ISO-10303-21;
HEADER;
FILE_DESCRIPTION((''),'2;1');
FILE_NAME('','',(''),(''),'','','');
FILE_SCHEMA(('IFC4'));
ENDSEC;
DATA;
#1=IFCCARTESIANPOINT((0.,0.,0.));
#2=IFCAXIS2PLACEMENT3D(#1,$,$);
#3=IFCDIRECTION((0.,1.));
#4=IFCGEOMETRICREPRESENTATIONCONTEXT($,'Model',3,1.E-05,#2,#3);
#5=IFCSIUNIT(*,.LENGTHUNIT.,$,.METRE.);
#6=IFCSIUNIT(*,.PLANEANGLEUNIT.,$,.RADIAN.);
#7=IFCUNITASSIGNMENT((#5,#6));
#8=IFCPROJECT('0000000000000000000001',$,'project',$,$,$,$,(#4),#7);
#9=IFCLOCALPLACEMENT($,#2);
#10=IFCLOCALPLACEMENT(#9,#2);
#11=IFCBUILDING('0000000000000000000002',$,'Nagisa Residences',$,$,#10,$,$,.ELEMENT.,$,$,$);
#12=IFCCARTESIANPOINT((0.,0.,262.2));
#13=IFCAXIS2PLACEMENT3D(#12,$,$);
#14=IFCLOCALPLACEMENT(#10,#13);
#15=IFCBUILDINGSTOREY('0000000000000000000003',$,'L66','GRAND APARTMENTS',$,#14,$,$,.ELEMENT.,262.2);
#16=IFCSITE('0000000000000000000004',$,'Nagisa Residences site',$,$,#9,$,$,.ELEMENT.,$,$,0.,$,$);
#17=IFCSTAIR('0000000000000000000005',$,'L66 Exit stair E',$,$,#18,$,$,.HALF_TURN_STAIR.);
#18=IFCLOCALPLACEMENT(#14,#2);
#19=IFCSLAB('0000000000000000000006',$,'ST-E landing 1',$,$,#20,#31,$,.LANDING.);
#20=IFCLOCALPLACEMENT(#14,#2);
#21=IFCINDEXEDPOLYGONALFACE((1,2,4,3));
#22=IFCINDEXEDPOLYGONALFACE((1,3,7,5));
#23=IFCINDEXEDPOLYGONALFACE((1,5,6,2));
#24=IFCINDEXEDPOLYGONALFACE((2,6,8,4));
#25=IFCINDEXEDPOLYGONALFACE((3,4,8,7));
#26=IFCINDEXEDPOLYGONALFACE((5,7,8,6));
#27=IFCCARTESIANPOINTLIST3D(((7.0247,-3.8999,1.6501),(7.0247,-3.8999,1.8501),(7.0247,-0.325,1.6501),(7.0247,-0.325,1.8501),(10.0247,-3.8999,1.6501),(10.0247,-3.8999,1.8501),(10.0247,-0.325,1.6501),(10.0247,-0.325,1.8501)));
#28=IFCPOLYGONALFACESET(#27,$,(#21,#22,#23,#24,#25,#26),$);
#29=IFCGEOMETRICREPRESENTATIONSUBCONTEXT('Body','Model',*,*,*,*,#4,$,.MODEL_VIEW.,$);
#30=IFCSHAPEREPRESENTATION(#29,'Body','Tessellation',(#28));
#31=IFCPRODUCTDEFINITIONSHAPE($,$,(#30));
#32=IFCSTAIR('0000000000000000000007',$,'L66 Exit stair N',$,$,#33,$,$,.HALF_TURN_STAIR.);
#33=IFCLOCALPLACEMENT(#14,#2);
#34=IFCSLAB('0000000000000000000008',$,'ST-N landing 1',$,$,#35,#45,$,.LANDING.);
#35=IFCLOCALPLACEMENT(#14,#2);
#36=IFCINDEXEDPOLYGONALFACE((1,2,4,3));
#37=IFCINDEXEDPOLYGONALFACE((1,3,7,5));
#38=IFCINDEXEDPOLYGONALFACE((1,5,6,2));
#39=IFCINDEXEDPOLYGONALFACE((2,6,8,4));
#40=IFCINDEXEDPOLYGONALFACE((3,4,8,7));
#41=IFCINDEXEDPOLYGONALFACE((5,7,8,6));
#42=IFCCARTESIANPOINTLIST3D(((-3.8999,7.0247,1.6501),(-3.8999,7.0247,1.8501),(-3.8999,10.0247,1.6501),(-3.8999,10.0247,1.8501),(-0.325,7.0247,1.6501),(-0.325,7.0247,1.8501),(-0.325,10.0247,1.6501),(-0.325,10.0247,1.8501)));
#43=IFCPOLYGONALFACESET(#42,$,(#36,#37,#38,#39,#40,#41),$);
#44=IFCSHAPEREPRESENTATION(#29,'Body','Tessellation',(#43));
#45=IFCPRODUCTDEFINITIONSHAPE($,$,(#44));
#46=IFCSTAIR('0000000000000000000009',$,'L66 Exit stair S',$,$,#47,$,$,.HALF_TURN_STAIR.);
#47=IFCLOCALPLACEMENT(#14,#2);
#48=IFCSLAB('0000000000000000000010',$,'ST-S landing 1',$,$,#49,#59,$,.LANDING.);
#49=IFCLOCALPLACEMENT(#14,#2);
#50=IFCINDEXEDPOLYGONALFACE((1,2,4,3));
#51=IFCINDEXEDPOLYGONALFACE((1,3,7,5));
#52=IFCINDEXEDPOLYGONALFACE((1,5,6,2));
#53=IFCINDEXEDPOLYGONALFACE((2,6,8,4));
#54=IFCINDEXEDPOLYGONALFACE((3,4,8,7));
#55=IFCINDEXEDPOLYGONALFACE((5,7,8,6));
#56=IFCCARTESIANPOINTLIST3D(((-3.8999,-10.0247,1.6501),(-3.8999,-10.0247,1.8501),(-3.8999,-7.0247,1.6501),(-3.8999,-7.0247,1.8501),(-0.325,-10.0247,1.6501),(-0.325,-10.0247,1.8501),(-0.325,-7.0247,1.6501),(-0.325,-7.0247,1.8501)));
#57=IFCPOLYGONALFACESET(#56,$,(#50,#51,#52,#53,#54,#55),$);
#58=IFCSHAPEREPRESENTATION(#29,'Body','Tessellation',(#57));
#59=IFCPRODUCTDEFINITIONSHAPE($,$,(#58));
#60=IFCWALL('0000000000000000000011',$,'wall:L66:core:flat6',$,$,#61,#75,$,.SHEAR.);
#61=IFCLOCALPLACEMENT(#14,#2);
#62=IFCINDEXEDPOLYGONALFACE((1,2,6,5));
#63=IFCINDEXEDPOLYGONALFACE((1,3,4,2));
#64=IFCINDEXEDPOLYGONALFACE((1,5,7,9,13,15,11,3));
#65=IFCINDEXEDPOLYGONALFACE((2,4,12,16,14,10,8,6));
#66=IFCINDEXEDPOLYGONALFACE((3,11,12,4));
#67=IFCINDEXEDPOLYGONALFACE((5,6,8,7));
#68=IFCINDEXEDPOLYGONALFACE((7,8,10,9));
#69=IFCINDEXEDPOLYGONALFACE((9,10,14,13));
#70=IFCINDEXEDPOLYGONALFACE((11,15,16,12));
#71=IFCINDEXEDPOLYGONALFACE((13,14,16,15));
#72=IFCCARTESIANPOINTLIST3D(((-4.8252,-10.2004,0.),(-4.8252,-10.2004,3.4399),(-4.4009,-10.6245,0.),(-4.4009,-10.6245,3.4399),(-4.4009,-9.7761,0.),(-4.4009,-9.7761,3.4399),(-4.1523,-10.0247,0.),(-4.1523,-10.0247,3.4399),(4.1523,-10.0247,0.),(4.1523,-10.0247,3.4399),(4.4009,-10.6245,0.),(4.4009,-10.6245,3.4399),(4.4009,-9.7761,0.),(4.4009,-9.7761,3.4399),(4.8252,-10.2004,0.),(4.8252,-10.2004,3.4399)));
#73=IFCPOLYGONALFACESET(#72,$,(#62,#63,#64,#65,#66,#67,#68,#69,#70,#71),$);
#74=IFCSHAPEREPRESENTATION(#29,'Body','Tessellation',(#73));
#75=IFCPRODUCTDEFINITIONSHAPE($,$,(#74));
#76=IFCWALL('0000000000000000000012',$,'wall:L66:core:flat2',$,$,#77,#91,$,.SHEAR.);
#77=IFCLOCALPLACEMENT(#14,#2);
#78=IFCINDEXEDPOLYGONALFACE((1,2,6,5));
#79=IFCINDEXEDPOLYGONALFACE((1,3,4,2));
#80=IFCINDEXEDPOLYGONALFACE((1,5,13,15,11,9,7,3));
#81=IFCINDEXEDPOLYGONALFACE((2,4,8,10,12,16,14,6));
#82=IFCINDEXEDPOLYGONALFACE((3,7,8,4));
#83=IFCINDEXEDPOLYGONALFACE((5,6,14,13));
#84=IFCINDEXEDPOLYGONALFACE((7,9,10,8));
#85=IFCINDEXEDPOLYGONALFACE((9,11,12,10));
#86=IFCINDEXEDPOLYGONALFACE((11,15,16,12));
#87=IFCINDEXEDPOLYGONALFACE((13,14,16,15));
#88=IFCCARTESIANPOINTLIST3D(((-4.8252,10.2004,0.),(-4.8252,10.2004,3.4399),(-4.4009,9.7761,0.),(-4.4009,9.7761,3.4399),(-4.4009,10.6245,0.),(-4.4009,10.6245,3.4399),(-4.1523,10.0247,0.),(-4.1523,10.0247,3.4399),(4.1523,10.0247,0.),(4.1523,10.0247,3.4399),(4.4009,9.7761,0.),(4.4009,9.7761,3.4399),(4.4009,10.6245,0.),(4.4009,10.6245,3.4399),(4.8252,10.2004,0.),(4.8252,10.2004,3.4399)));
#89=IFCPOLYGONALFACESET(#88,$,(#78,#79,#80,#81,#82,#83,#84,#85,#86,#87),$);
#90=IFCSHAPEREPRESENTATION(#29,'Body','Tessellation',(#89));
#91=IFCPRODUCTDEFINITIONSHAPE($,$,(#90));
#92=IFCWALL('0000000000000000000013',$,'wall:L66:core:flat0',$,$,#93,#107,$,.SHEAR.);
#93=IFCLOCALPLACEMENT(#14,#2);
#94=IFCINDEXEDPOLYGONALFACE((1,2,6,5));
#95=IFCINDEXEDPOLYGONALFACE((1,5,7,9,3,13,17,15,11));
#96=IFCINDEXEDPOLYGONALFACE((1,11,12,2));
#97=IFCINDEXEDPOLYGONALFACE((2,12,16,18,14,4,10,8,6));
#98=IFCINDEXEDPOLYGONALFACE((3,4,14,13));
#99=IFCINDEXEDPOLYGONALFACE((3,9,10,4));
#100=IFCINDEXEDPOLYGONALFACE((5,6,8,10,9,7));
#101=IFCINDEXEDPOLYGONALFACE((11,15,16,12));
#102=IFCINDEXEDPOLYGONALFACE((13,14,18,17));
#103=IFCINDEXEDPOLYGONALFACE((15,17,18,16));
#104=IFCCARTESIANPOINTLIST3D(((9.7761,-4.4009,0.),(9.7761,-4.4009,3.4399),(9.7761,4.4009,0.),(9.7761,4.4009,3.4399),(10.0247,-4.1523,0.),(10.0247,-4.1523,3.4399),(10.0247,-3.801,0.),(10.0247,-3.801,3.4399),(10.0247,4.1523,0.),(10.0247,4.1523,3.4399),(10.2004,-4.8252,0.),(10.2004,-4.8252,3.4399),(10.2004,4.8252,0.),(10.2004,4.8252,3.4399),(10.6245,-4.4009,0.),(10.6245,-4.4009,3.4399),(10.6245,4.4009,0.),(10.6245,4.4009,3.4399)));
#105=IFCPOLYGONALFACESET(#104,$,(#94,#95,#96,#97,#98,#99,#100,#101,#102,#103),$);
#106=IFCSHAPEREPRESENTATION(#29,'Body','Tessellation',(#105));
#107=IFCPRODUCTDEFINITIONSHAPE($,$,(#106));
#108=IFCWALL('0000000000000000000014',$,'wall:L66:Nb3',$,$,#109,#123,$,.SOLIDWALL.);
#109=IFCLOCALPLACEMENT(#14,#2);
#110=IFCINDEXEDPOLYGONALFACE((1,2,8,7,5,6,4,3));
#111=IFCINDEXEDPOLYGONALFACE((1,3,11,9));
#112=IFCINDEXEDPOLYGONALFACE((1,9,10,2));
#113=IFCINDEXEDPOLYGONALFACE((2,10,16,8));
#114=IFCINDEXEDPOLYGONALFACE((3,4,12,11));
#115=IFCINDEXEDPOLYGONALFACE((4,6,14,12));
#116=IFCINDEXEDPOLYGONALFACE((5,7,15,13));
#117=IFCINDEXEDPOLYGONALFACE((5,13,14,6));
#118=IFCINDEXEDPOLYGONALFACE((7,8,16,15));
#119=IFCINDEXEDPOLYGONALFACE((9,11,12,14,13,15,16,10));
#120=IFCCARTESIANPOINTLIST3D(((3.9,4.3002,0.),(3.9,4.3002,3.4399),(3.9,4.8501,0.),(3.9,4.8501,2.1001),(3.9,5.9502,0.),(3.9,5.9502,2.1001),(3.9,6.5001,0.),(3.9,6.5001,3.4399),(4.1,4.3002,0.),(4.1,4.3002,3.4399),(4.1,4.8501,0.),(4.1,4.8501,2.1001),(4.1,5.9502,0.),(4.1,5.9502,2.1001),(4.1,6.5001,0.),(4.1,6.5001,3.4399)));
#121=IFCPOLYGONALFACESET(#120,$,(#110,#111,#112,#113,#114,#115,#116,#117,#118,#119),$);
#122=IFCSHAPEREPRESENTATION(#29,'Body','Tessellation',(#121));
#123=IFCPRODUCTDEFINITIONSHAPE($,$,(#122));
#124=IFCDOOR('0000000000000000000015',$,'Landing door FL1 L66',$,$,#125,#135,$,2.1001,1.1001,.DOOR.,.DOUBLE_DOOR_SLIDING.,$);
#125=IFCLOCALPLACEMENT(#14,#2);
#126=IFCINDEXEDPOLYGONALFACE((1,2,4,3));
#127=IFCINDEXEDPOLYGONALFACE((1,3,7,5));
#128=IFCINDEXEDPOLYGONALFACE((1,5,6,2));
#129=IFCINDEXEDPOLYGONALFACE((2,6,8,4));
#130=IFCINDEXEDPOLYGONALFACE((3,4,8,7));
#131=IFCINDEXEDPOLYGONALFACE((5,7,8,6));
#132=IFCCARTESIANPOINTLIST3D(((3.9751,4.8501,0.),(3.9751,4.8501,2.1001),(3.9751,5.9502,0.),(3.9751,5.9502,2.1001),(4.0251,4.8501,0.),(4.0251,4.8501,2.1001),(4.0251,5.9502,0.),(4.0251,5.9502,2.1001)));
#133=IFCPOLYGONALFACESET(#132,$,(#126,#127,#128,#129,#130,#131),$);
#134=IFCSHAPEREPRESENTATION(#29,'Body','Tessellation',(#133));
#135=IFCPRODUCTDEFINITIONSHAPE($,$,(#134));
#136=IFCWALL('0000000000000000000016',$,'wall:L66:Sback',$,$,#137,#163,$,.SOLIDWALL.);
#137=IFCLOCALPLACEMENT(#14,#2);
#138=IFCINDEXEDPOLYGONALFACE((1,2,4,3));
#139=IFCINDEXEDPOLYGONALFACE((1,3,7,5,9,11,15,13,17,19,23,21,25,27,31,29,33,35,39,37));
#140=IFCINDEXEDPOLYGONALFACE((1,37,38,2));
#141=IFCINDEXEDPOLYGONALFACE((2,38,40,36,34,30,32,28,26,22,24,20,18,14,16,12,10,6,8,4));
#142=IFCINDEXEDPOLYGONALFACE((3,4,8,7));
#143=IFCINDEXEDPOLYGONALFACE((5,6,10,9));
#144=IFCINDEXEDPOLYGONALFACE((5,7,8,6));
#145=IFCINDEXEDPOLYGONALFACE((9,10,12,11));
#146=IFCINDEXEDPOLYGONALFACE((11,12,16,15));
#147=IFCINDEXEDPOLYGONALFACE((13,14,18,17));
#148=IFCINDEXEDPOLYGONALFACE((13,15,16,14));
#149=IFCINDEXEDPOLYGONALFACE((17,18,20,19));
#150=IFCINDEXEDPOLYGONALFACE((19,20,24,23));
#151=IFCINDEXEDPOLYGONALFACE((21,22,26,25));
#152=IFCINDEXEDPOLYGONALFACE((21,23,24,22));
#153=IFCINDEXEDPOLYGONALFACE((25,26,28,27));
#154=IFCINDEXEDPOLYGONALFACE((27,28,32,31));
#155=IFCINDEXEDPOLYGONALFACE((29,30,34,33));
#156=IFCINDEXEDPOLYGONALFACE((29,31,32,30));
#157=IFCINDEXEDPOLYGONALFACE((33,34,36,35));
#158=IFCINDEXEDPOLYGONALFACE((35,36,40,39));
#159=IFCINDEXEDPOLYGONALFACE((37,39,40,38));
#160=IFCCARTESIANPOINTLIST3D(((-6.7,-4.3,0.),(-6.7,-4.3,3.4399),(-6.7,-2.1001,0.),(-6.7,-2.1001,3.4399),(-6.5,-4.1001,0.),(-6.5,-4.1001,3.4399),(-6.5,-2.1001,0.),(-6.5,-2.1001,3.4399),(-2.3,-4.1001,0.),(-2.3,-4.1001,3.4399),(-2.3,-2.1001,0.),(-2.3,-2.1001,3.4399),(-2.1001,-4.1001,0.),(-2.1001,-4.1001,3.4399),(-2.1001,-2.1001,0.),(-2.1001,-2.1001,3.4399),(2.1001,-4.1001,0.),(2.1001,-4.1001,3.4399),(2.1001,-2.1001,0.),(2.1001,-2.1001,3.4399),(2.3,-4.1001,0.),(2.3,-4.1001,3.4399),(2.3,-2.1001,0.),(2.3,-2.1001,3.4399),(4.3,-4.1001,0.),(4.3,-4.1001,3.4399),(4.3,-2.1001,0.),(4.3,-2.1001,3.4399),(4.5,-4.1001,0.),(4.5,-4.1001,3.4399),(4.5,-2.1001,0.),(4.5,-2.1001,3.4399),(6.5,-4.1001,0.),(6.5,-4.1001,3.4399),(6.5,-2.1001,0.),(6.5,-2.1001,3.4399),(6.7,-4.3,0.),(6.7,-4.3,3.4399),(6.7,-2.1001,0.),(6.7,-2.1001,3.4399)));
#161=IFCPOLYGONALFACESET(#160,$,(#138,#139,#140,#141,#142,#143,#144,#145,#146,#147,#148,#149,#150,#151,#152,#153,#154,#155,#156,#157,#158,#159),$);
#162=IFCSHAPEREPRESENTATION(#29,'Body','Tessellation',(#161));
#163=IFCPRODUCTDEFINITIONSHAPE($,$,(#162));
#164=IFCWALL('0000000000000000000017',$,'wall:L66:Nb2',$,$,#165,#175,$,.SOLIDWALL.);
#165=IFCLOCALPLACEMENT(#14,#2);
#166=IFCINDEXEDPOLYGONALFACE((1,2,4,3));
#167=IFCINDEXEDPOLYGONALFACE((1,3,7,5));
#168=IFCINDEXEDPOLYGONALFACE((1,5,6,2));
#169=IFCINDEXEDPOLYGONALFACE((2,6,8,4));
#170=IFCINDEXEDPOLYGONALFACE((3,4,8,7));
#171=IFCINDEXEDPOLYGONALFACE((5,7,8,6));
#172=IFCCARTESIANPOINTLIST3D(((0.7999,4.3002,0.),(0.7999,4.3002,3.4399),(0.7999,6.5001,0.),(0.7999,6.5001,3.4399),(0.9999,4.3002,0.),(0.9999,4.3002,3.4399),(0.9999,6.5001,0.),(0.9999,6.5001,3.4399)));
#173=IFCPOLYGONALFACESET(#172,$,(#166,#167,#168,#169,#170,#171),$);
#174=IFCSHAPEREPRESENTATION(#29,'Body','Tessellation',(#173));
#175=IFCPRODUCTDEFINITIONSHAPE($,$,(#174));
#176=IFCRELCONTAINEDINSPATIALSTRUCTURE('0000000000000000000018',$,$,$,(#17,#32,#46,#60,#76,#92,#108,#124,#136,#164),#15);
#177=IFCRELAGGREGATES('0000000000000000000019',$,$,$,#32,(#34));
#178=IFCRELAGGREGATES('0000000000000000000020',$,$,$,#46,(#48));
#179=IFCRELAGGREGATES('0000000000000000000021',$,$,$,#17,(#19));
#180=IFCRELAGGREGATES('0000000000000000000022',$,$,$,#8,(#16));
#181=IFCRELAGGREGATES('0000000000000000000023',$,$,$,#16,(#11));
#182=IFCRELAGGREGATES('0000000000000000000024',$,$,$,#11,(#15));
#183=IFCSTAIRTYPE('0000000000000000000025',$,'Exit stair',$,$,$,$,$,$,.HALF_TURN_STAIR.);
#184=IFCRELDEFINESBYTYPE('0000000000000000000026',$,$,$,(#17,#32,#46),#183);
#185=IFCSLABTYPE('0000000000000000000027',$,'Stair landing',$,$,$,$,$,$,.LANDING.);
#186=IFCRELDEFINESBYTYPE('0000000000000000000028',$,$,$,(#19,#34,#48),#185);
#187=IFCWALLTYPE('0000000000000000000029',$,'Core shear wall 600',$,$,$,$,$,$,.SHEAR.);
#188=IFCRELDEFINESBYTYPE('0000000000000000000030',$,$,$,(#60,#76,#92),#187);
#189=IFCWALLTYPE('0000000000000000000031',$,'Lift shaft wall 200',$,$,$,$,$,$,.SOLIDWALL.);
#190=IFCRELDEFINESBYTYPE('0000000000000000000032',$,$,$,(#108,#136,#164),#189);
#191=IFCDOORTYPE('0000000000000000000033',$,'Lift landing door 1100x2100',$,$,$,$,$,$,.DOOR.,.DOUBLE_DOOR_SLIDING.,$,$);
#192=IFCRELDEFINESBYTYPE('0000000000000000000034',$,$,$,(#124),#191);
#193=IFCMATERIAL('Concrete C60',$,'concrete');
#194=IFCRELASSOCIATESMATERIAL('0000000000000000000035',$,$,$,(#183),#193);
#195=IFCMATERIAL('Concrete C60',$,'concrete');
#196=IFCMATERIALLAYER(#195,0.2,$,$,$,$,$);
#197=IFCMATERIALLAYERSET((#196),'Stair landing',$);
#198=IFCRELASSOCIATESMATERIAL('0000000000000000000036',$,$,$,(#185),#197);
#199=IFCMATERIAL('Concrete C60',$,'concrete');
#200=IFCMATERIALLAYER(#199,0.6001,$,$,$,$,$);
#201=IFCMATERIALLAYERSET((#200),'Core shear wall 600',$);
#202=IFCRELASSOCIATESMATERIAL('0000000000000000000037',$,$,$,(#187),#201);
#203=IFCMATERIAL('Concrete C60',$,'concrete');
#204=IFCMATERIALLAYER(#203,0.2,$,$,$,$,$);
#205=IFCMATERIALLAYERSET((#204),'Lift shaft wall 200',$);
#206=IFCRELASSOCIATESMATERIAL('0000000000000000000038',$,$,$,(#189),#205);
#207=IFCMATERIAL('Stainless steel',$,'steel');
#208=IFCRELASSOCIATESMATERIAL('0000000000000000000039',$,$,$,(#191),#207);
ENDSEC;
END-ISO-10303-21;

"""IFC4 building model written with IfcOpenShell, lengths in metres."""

from ifc_helpers import new_model, si_unit, direction, frame, frame_2d, origin, place, context, subcontext, project, spatial, polyline, rectangle, outline, extrude, material, layer, layer_set, type_object, element, fill, aggregate, save


model = new_model("IFC4")

# Units and contexts
model_context = context("Model", 3, precision=1e-05, world=origin(), true_north=direction((0.0, 1.0)))
body_context = subcontext(model_context, "Body", "Model", "MODEL_VIEW")
ifc_project = project(units=[si_unit("LENGTHUNIT", "METRE"), si_unit("PLANEANGLEUNIT", "RADIAN")], contexts=[model_context])

# Site, building, storey
site_placement = place(None, origin())
site = spatial("IfcSite", under=ifc_project, at=site_placement, Name="Nagisa Residences site", CompositionType="ELEMENT", RefElevation=0.0)
building_placement = place(site_placement, origin())
building = spatial("IfcBuilding", under=site, at=building_placement, Name="Nagisa Residences", CompositionType="ELEMENT")
storey_placement = place(building_placement, frame((0.0, 0.0, 262.2)))
storey = spatial("IfcBuildingStorey", under=building, at=storey_placement, Name="L66", Description="GRAND APARTMENTS", CompositionType="ELEMENT", Elevation=262.2)

# Stairs, slabs
ifc_material_1 = material(Name="Concrete C60", Category="concrete")
stair_type = type_object("IfcStairType", Name="Exit stair", PredefinedType="HALF_TURN_STAIR", material=ifc_material_1)
stair_1_placement = place(storey_placement, origin())
stair_1 = element("IfcStair", 1, at=stair_1_placement, inside=storey, type_object=stair_type, Name="L66 Exit stair E", PredefinedType="HALF_TURN_STAIR")
ifc_material_2 = material(Name="Concrete C60", Category="concrete")
ifc_layer_1 = layer(ifc_material_2, 0.2)
ifc_layer_set_1 = layer_set([ifc_layer_1], Name="Stair landing")
slab_type = type_object("IfcSlabType", Name="Stair landing", PredefinedType="LANDING", material=ifc_layer_set_1)
slab_1_placement = place(storey_placement, frame((0.0, 0.0, 1.6501)))
slab_1 = element("IfcSlab", 2, at=slab_1_placement, type_object=slab_type, Name="ST-E landing 1", PredefinedType="LANDING", context=body_context, shape_type="SweptSolid", body=[
    extrude(outline(polyline([(7.0247, -0.325), (7.0247, -3.8999), (10.0247, -3.8999), (10.0247, -0.325), (7.0247, -0.325)])), origin(), (0.0, 0.0, 1.0), 0.2),
])
stair_2_placement = place(storey_placement, origin())
stair_2 = element("IfcStair", 3, at=stair_2_placement, inside=storey, type_object=stair_type, Name="L66 Exit stair N", PredefinedType="HALF_TURN_STAIR")
slab_2_placement = place(storey_placement, frame((0.0, 0.0, 1.6501)))
slab_2 = element("IfcSlab", 4, at=slab_2_placement, type_object=slab_type, Name="ST-N landing 1", PredefinedType="LANDING", context=body_context, shape_type="SweptSolid", body=[
    extrude(outline(polyline([(-0.325, 10.0247), (-3.8999, 10.0247), (-3.8999, 7.0247), (-0.325, 7.0247), (-0.325, 10.0247)])), origin(), (0.0, 0.0, 1.0), 0.2),
])
aggregate(stair_2, [slab_2])
stair_3_placement = place(storey_placement, origin())
stair_3 = element("IfcStair", 5, at=stair_3_placement, inside=storey, type_object=stair_type, Name="L66 Exit stair S", PredefinedType="HALF_TURN_STAIR")
slab_3_placement = place(storey_placement, frame((0.0, 0.0, 1.6501)))
slab_3 = element("IfcSlab", 6, at=slab_3_placement, type_object=slab_type, Name="ST-S landing 1", PredefinedType="LANDING", context=body_context, shape_type="SweptSolid", body=[
    extrude(outline(polyline([(-0.325, -7.0247), (-3.8999, -7.0247), (-3.8999, -10.0247), (-0.325, -10.0247), (-0.325, -7.0247)])), origin(), (0.0, 0.0, 1.0), 0.2),
])
aggregate(stair_3, [slab_3])

# Walls
ifc_material_3 = material(Name="Concrete C60", Category="concrete")
ifc_layer_2 = layer(ifc_material_3, 0.6001)
ifc_layer_set_2 = layer_set([ifc_layer_2], Name="Core shear wall 600")
wall_type_1 = type_object("IfcWallType", Name="Core shear wall 600", PredefinedType="SHEAR", material=ifc_layer_set_2)
wall_1_placement = place(storey_placement, origin())
element("IfcWall", 7, at=wall_1_placement, inside=storey, type_object=wall_type_1, Name="wall:L66:core:flat6", PredefinedType="SHEAR", context=body_context, shape_type="SweptSolid", body=[
    extrude(outline(polyline([(-4.1523, -10.0247), (4.1523, -10.0247), (4.4009, -9.7761), (4.8252, -10.2004), (4.4009, -10.6245), (-4.4009, -10.6245), (-4.8252, -10.2004), (-4.4009, -9.7761), (-4.1523, -10.0247)])), origin(), (0.0, 0.0, 1.0), 3.4399),
])
wall_2_placement = place(storey_placement, origin())
element("IfcWall", 8, at=wall_2_placement, inside=storey, type_object=wall_type_1, Name="wall:L66:core:flat2", PredefinedType="SHEAR", context=body_context, shape_type="SweptSolid", body=[
    extrude(outline(polyline([(-4.1523, 10.0247), (-4.4009, 9.7761), (-4.8252, 10.2004), (-4.4009, 10.6245), (4.4009, 10.6245), (4.8252, 10.2004), (4.4009, 9.7761), (4.1523, 10.0247), (-4.1523, 10.0247)])), origin(), (0.0, 0.0, 1.0), 3.4399),
])
wall_3_placement = place(storey_placement, origin())
element("IfcWall", 9, at=wall_3_placement, inside=storey, type_object=wall_type_1, Name="wall:L66:core:flat0", PredefinedType="SHEAR", context=body_context, shape_type="SweptSolid", body=[
    extrude(outline(polyline([(9.7761, -4.4009), (10.0247, -4.1523), (10.0247, -3.801), (10.0247, 4.1523), (9.7761, 4.4009), (10.2004, 4.8252), (10.6245, 4.4009), (10.6245, -4.4009), (10.2004, -4.8252), (9.7761, -4.4009)])), origin(), (0.0, 0.0, 1.0), 3.4399),
])

# Wall, opening, door
ifc_material_4 = material(Name="Concrete C60", Category="concrete")
ifc_layer_3 = layer(ifc_material_4, 0.2)
ifc_layer_set_3 = layer_set([ifc_layer_3], Name="Lift shaft wall 200")
wall_type_2 = type_object("IfcWallType", Name="Lift shaft wall 200", PredefinedType="SOLIDWALL", material=ifc_layer_set_3)
wall_4_placement = place(storey_placement, frame((4.0, 4.3, 0.0), z_axis=(0.0, 0.0, 1.0), x_axis=(0.0, 1.0, 0.0)))
wall_4 = element("IfcWall", 10, at=wall_4_placement, inside=storey, type_object=wall_type_2, Name="wall:L66:Nb3", PredefinedType="SOLIDWALL", context=body_context, shape_type="SweptSolid", body=[
    extrude(rectangle(XDim=2.2, YDim=0.2, at=frame_2d((1.1001, 0.0))), origin(), (0.0, 0.0, 1.0), 3.4399),
])
opening_1_placement = place(wall_4_placement, frame((0.55, 0.0, 0.0)))
opening_1 = element("IfcOpeningElement", 11, at=opening_1_placement, cuts=wall_4, PredefinedType="OPENING", context=body_context, shape_type="SweptSolid", body=[
    extrude(rectangle(XDim=1.1001, YDim=2.1001, at=frame_2d((0.55, 1.05))), frame((0.0, 0.1099, 0.0), z_axis=(0.0, -1.0, 0.0), x_axis=(1.0, 0.0, 0.0)), (0.0, 0.0, 1.0), 0.22),
])
ifc_material_5 = material(Name="Stainless steel", Category="steel")
door_type_1 = type_object("IfcDoorType", Name="Lift landing door 1100x2100", OperationType="DOUBLE_DOOR_SLIDING", PredefinedType="DOOR", material=ifc_material_5)
door_1_placement = place(opening_1_placement, origin())
door_1 = element("IfcDoor", 12, at=door_1_placement, inside=storey, type_object=door_type_1, Name="Landing door FL1 L66", OperationType="DOUBLE_DOOR_SLIDING", OverallHeight=2.1001, OverallWidth=1.1001, PredefinedType="DOOR", context=body_context, shape_type="SweptSolid", body=[
    extrude(rectangle(XDim=1.1001, YDim=2.1001, at=frame_2d((0.55, 1.05))), frame((0.0, 0.0249, 0.0), z_axis=(0.0, -1.0, 0.0), x_axis=(1.0, 0.0, 0.0)), (0.0, 0.0, 1.0), 0.05),
])
fill(opening_1, door_1)

# Walls
wall_5_placement = place(storey_placement, origin())
element("IfcWall", 13, at=wall_5_placement, inside=storey, type_object=wall_type_2, Name="wall:L66:Sback", PredefinedType="SOLIDWALL", context=body_context, shape_type="SweptSolid", body=[
    extrude(outline(polyline([(-6.7, -2.1001), (-6.5, -2.1001), (-6.5, -4.1001), (-2.3, -4.1001), (-2.3, -2.1001), (-2.1001, -2.1001), (-2.1001, -4.1001), (2.1001, -4.1001), (2.1001, -2.1001), (2.3, -2.1001), (2.3, -4.1001), (4.3, -4.1001), (4.3, -2.1001), (4.5, -2.1001), (4.5, -4.1001), (6.5, -4.1001), (6.5, -2.1001), (6.7, -2.1001), (6.7, -4.3), (-6.7, -4.3), (-6.7, -2.1001)])), origin(), (0.0, 0.0, 1.0), 3.4399),
])
wall_6_placement = place(storey_placement, frame((0.8999, 4.3, 0.0), z_axis=(0.0, 0.0, 1.0), x_axis=(0.0, 1.0, 0.0)))
element("IfcWall", 14, at=wall_6_placement, inside=storey, type_object=wall_type_2, Name="wall:L66:Nb2", PredefinedType="SOLIDWALL", context=body_context, shape_type="SweptSolid", body=[
    extrude(rectangle(XDim=2.2, YDim=0.2, at=frame_2d((1.1001, 0.0))), origin(), (0.0, 0.0, 1.0), 3.4399),
])

aggregate(stair_1, [slab_1])

save(model, "model.ifc")
